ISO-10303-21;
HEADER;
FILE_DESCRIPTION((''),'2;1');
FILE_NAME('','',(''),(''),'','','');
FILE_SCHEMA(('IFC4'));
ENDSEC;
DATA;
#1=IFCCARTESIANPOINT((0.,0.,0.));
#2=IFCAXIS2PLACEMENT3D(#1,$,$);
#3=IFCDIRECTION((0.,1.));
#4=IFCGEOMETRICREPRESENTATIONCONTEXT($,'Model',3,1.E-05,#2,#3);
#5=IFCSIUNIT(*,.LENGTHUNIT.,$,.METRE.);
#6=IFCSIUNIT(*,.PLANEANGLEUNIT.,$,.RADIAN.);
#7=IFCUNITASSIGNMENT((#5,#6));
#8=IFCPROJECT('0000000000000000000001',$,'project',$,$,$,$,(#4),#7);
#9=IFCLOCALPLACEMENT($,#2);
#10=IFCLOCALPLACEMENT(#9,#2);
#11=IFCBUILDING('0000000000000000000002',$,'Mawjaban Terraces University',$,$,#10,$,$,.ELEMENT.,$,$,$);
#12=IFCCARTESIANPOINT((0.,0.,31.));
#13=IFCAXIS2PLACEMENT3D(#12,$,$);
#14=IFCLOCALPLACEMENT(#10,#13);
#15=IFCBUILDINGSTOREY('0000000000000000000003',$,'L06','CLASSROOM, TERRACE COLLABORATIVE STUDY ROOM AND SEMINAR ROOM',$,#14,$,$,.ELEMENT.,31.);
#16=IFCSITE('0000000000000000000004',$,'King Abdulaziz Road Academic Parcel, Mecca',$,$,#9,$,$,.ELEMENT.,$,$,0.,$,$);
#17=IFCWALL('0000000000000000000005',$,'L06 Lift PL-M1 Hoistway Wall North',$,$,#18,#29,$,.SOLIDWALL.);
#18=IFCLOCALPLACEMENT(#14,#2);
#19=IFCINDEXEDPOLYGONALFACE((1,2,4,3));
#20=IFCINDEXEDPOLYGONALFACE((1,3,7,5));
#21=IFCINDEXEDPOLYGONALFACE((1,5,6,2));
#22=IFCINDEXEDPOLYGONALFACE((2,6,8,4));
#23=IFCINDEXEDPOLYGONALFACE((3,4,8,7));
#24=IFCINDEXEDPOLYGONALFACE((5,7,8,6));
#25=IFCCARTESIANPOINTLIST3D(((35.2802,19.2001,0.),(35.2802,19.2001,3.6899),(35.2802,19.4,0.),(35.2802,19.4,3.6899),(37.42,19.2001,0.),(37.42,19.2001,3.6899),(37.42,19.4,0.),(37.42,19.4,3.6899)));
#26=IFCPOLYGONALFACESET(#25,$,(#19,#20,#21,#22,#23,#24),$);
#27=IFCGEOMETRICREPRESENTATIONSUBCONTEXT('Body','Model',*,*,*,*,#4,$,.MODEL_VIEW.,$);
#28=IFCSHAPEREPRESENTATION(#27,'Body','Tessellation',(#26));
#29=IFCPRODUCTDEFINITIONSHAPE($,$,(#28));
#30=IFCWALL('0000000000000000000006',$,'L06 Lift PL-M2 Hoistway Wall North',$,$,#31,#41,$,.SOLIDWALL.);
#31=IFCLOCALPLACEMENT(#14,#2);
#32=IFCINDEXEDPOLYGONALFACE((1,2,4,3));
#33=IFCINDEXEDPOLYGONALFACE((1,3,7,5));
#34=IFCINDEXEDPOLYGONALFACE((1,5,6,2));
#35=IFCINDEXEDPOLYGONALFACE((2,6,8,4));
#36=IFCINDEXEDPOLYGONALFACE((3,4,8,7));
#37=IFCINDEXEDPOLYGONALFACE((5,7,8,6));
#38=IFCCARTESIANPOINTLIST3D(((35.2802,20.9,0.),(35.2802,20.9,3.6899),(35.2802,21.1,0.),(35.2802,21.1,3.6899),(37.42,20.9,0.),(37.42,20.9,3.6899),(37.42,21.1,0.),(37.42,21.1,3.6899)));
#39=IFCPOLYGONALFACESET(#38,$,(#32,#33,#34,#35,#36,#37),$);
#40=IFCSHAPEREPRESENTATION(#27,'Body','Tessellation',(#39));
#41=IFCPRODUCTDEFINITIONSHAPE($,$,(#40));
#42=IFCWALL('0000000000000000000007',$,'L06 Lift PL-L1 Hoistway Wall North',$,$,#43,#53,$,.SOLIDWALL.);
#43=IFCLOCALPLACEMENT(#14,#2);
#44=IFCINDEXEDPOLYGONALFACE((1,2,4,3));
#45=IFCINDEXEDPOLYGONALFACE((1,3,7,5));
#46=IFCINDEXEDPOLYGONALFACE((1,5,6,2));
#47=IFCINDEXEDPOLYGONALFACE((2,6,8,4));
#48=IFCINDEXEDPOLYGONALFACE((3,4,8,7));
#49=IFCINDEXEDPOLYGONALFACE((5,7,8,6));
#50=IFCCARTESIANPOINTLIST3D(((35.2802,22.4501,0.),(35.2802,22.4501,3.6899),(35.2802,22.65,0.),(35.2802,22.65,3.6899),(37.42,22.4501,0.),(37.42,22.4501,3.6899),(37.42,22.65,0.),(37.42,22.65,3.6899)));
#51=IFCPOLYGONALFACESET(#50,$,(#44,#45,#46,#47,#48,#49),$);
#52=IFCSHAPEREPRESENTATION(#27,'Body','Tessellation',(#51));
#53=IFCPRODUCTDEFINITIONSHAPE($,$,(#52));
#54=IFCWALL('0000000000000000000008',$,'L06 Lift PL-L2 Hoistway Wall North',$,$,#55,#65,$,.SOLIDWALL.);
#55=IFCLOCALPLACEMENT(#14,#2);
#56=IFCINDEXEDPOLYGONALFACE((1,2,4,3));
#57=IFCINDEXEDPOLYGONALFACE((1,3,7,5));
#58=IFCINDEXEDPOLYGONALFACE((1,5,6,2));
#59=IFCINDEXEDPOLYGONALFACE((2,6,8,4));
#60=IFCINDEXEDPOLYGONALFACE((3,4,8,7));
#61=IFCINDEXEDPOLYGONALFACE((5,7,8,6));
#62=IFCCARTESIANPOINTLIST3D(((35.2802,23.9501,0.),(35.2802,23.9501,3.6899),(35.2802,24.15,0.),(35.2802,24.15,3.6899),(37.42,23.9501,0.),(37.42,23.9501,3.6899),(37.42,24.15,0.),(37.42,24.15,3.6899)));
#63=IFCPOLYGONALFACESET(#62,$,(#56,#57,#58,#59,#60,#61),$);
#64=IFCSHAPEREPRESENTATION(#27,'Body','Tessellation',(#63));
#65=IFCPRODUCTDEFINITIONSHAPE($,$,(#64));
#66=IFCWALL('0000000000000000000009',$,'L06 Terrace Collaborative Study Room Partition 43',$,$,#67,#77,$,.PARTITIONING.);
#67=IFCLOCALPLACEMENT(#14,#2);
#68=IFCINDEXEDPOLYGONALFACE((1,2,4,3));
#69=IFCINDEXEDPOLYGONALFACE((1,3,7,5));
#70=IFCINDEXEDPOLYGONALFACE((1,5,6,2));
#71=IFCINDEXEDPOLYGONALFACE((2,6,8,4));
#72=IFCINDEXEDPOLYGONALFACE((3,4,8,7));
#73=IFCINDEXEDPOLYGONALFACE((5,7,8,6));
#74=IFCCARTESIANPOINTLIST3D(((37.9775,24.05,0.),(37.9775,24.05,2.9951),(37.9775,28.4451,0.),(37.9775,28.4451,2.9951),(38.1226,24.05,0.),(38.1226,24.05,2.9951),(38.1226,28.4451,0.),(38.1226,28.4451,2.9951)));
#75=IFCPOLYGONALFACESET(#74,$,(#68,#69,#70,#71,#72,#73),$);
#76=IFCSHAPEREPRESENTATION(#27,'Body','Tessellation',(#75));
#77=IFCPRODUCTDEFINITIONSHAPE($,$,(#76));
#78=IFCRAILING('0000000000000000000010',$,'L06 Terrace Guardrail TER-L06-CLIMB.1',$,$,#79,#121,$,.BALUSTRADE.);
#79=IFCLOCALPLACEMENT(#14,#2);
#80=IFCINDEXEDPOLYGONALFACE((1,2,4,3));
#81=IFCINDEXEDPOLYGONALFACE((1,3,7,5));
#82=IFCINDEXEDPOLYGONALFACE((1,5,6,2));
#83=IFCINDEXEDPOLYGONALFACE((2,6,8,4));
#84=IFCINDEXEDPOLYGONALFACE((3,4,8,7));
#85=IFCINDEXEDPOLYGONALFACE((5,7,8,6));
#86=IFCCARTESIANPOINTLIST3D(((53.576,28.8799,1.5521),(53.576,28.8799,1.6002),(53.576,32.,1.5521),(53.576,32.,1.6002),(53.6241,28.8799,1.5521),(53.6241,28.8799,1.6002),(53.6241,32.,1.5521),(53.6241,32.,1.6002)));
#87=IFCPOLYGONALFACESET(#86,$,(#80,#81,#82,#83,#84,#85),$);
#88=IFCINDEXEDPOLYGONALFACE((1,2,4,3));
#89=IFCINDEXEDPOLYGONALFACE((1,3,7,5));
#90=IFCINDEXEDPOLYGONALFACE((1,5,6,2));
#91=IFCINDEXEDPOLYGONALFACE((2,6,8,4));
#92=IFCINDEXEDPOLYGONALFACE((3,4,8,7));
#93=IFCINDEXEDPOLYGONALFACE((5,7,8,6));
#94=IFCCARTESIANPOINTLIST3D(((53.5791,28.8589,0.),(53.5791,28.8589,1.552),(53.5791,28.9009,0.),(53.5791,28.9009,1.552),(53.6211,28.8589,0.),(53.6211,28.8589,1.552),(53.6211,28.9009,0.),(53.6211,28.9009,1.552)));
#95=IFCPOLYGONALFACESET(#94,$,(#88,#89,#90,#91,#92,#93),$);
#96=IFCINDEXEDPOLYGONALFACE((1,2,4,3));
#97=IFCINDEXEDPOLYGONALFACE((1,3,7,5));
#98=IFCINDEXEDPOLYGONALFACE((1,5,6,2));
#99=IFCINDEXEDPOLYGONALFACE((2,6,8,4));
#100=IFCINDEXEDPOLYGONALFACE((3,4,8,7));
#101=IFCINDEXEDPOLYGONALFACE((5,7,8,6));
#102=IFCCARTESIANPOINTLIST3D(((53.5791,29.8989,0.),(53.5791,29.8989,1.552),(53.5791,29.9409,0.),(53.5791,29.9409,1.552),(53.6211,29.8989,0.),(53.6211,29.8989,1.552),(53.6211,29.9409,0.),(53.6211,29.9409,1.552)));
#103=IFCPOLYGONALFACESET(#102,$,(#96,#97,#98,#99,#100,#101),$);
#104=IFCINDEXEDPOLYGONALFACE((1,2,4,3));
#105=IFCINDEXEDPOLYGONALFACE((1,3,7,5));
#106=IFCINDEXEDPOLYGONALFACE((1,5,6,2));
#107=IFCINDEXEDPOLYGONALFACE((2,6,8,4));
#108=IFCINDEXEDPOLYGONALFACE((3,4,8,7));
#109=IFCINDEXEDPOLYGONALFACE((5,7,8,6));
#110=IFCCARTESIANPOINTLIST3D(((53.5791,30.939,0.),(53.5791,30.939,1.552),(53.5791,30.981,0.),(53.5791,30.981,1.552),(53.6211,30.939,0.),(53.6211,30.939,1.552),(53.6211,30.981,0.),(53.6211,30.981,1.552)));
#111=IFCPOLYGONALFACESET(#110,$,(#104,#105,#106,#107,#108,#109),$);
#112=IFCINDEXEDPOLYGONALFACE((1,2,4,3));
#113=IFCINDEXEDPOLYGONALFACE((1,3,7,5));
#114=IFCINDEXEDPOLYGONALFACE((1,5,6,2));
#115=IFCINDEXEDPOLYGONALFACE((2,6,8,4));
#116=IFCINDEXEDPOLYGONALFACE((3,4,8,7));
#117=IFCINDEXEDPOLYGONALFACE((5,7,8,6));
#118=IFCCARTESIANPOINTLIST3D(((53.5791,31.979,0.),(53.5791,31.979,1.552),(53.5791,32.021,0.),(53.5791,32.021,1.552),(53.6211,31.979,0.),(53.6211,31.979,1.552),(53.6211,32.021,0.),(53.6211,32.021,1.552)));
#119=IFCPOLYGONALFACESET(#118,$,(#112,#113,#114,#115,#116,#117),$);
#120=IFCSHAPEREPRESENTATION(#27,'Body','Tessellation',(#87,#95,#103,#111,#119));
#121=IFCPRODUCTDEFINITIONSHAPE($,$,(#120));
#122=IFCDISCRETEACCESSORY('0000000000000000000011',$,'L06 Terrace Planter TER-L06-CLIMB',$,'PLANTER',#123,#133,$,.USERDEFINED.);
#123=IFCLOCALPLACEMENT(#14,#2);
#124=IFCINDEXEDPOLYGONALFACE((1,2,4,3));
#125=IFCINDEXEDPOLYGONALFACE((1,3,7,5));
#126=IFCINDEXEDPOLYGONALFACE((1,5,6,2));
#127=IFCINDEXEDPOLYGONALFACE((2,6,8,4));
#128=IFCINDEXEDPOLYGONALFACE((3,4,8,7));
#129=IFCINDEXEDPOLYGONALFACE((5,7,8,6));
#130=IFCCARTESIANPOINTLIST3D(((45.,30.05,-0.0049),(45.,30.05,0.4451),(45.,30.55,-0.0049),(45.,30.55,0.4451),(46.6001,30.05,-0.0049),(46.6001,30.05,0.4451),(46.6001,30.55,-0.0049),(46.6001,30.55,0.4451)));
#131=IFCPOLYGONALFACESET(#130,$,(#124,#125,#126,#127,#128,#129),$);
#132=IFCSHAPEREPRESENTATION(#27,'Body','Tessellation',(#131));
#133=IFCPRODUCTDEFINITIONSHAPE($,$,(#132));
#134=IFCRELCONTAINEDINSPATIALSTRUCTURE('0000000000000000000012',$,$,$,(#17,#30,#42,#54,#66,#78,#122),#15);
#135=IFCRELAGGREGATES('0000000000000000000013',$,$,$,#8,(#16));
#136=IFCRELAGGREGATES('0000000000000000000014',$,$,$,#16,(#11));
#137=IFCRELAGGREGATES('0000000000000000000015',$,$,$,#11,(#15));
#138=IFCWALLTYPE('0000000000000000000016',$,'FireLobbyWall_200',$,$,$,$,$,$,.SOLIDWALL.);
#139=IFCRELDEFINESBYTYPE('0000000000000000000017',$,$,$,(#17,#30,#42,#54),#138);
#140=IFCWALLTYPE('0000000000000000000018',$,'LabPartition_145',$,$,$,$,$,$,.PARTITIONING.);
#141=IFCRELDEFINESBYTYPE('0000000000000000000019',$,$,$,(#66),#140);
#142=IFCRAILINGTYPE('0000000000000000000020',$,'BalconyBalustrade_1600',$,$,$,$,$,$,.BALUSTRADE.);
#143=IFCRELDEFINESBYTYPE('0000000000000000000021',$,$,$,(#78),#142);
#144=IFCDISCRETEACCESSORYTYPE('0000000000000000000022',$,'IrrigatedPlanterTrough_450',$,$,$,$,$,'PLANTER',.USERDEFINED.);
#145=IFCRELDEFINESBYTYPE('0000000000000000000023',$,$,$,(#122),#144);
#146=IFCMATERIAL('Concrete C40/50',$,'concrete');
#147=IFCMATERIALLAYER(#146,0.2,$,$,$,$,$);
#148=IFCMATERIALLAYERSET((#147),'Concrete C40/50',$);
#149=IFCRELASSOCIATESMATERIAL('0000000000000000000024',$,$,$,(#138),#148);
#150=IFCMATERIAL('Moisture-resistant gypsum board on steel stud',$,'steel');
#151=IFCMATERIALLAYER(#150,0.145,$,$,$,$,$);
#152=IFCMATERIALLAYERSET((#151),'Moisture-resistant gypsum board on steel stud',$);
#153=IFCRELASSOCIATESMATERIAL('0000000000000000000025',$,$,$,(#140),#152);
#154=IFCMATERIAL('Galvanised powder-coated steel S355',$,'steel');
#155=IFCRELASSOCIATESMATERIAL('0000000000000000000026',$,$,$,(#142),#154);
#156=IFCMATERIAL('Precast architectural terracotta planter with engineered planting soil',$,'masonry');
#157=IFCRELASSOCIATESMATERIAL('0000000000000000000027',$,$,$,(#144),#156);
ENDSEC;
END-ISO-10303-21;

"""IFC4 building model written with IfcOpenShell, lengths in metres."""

from ifc_helpers import new_model, si_unit, direction, frame, frame_2d, origin, origin_2d, place, context, subcontext, project, spatial, rectangle, extrude, material, layer, layer_set, type_object, element, save


model = new_model("IFC4")

# Units and contexts
model_context = context("Model", 3, precision=1e-05, world=origin(), true_north=direction((0.0, 1.0)))
body_context = subcontext(model_context, "Body", "Model", "MODEL_VIEW")
ifc_project = project(units=[si_unit("LENGTHUNIT", "METRE"), si_unit("PLANEANGLEUNIT", "RADIAN")], contexts=[model_context])

# Site, building, storey
site_placement = place(None, origin())
site = spatial("IfcSite", under=ifc_project, at=site_placement, Name="King Abdulaziz Road Academic Parcel, Mecca", CompositionType="ELEMENT", RefElevation=0.0)
building_placement = place(site_placement, origin())
building = spatial("IfcBuilding", under=site, at=building_placement, Name="Mawjaban Terraces University", CompositionType="ELEMENT")
storey_placement = place(building_placement, frame((0.0, 0.0, 31.0)))
storey = spatial("IfcBuildingStorey", under=building, at=storey_placement, Name="L06", Description="CLASSROOM, TERRACE COLLABORATIVE STUDY ROOM AND SEMINAR ROOM", CompositionType="ELEMENT", Elevation=31.0)

# Walls
ifc_material_1 = material(Name="Concrete C40/50", Category="concrete")
ifc_layer_1 = layer(ifc_material_1, 0.2)
ifc_layer_set_1 = layer_set([ifc_layer_1], Name="Concrete C40/50")
wall_type_1 = type_object("IfcWallType", Name="FireLobbyWall_200", PredefinedType="SOLIDWALL", material=ifc_layer_set_1)
for number, where, z_axis, x_axis, name in (
    (1, (37.4199, 19.3, 0.0), (0.0, 0.0, 1.0), (-1.0, 0.0, 0.0), "L06 Lift PL-M1 Hoistway Wall North"),
    (2, (37.4199, 21.0, 0.0), (0.0, 0.0, 1.0), (-1.0, 0.0, 0.0), "L06 Lift PL-M2 Hoistway Wall North"),
    (3, (37.4199, 22.55, 0.0), (0.0, 0.0, 1.0), (-1.0, 0.0, 0.0), "L06 Lift PL-L1 Hoistway Wall North"),
    (4, (37.4199, 24.05, 0.0), (0.0, 0.0, 1.0), (-1.0, 0.0, 0.0), "L06 Lift PL-L2 Hoistway Wall North"),
):
    element("IfcWall", number, at=place(storey_placement, frame(where, z_axis=z_axis, x_axis=x_axis)), inside=storey, type_object=wall_type_1, Name=name, PredefinedType="SOLIDWALL", context=body_context, shape_type="SweptSolid", body=[
        extrude(rectangle(XDim=2.1399, YDim=0.2, at=frame_2d((1.0698, 0.0))), origin(), (0.0, 0.0, 1.0), 3.6899),
    ])
ifc_material_2 = material(Name="Moisture-resistant gypsum board on steel stud", Category="steel")
ifc_layer_2 = layer(ifc_material_2, 0.145)
ifc_layer_set_2 = layer_set([ifc_layer_2], Name="Moisture-resistant gypsum board on steel stud")
wall_type_2 = type_object("IfcWallType", Name="LabPartition_145", PredefinedType="PARTITIONING", material=ifc_layer_set_2)
wall_1_placement = place(storey_placement, frame((38.05, 28.4451, 0.0), z_axis=(0.0, 0.0, 1.0), x_axis=(0.0, -1.0, 0.0)))
element("IfcWall", 5, at=wall_1_placement, inside=storey, type_object=wall_type_2, Name="L06 Terrace Collaborative Study Room Partition 43", PredefinedType="PARTITIONING", context=body_context, shape_type="SweptSolid", body=[
    extrude(rectangle(XDim=4.395, YDim=0.145, at=frame_2d((2.1975, 0.0))), origin(), (0.0, 0.0, 1.0), 2.9951),
])

# Railing
ifc_material_3 = material(Name="Galvanised powder-coated steel S355", Category="steel")
railing_type = type_object("IfcRailingType", Name="BalconyBalustrade_1600", PredefinedType="BALUSTRADE", material=ifc_material_3)
railing_placement = place(storey_placement, frame((53.6001, 28.8799, 0.0)))
element("IfcRailing", 6, at=railing_placement, inside=storey, type_object=railing_type, Name="L06 Terrace Guardrail TER-L06-CLIMB.1", PredefinedType="BALUSTRADE", context=body_context, shape_type="SweptSolid", body=[
    extrude(rectangle(XDim=0.0481, YDim=0.0481, at=origin_2d()), frame((0.0, 0.0, 1.5762), z_axis=(0.0, 1.0, 0.0), x_axis=(-1.0, 0.0, 0.0)), (0.0, 0.0, 1.0), 3.1201),
    extrude(rectangle(XDim=0.042, YDim=0.042, at=origin_2d()), origin(), (0.0, 0.0, 1.0), 1.552),
    extrude(rectangle(XDim=0.042, YDim=0.042, at=origin_2d()), frame((0.0, 1.04, 0.0)), (0.0, 0.0, 1.0), 1.552),
    extrude(rectangle(XDim=0.042, YDim=0.042, at=origin_2d()), frame((0.0, 2.0801, 0.0)), (0.0, 0.0, 1.0), 1.552),
    extrude(rectangle(XDim=0.042, YDim=0.042, at=origin_2d()), frame((0.0, 3.1201, 0.0)), (0.0, 0.0, 1.0), 1.552),
])

# Discrete accessory
ifc_material_4 = material(Name="Precast architectural terracotta planter with engineered planting soil", Category="masonry")
discrete_accessory_type = type_object("IfcDiscreteAccessoryType", Name="IrrigatedPlanterTrough_450", ElementType="PLANTER", PredefinedType="USERDEFINED", material=ifc_material_4)
discrete_accessory_placement = place(storey_placement, frame((45.8, 30.3, -0.0049), z_axis=(0.0, 0.0, 1.0), x_axis=(1.0, 0.0, 0.0)))
element("IfcDiscreteAccessory", 7, at=discrete_accessory_placement, inside=storey, type_object=discrete_accessory_type, Name="L06 Terrace Planter TER-L06-CLIMB", ObjectType="PLANTER", PredefinedType="USERDEFINED", context=body_context, shape_type="SweptSolid", body=[
    extrude(rectangle(XDim=1.6001, YDim=0.5, at=origin_2d()), origin(), (0.0, 0.0, 1.0), 0.45),
])

save(model, "model.ifc")
